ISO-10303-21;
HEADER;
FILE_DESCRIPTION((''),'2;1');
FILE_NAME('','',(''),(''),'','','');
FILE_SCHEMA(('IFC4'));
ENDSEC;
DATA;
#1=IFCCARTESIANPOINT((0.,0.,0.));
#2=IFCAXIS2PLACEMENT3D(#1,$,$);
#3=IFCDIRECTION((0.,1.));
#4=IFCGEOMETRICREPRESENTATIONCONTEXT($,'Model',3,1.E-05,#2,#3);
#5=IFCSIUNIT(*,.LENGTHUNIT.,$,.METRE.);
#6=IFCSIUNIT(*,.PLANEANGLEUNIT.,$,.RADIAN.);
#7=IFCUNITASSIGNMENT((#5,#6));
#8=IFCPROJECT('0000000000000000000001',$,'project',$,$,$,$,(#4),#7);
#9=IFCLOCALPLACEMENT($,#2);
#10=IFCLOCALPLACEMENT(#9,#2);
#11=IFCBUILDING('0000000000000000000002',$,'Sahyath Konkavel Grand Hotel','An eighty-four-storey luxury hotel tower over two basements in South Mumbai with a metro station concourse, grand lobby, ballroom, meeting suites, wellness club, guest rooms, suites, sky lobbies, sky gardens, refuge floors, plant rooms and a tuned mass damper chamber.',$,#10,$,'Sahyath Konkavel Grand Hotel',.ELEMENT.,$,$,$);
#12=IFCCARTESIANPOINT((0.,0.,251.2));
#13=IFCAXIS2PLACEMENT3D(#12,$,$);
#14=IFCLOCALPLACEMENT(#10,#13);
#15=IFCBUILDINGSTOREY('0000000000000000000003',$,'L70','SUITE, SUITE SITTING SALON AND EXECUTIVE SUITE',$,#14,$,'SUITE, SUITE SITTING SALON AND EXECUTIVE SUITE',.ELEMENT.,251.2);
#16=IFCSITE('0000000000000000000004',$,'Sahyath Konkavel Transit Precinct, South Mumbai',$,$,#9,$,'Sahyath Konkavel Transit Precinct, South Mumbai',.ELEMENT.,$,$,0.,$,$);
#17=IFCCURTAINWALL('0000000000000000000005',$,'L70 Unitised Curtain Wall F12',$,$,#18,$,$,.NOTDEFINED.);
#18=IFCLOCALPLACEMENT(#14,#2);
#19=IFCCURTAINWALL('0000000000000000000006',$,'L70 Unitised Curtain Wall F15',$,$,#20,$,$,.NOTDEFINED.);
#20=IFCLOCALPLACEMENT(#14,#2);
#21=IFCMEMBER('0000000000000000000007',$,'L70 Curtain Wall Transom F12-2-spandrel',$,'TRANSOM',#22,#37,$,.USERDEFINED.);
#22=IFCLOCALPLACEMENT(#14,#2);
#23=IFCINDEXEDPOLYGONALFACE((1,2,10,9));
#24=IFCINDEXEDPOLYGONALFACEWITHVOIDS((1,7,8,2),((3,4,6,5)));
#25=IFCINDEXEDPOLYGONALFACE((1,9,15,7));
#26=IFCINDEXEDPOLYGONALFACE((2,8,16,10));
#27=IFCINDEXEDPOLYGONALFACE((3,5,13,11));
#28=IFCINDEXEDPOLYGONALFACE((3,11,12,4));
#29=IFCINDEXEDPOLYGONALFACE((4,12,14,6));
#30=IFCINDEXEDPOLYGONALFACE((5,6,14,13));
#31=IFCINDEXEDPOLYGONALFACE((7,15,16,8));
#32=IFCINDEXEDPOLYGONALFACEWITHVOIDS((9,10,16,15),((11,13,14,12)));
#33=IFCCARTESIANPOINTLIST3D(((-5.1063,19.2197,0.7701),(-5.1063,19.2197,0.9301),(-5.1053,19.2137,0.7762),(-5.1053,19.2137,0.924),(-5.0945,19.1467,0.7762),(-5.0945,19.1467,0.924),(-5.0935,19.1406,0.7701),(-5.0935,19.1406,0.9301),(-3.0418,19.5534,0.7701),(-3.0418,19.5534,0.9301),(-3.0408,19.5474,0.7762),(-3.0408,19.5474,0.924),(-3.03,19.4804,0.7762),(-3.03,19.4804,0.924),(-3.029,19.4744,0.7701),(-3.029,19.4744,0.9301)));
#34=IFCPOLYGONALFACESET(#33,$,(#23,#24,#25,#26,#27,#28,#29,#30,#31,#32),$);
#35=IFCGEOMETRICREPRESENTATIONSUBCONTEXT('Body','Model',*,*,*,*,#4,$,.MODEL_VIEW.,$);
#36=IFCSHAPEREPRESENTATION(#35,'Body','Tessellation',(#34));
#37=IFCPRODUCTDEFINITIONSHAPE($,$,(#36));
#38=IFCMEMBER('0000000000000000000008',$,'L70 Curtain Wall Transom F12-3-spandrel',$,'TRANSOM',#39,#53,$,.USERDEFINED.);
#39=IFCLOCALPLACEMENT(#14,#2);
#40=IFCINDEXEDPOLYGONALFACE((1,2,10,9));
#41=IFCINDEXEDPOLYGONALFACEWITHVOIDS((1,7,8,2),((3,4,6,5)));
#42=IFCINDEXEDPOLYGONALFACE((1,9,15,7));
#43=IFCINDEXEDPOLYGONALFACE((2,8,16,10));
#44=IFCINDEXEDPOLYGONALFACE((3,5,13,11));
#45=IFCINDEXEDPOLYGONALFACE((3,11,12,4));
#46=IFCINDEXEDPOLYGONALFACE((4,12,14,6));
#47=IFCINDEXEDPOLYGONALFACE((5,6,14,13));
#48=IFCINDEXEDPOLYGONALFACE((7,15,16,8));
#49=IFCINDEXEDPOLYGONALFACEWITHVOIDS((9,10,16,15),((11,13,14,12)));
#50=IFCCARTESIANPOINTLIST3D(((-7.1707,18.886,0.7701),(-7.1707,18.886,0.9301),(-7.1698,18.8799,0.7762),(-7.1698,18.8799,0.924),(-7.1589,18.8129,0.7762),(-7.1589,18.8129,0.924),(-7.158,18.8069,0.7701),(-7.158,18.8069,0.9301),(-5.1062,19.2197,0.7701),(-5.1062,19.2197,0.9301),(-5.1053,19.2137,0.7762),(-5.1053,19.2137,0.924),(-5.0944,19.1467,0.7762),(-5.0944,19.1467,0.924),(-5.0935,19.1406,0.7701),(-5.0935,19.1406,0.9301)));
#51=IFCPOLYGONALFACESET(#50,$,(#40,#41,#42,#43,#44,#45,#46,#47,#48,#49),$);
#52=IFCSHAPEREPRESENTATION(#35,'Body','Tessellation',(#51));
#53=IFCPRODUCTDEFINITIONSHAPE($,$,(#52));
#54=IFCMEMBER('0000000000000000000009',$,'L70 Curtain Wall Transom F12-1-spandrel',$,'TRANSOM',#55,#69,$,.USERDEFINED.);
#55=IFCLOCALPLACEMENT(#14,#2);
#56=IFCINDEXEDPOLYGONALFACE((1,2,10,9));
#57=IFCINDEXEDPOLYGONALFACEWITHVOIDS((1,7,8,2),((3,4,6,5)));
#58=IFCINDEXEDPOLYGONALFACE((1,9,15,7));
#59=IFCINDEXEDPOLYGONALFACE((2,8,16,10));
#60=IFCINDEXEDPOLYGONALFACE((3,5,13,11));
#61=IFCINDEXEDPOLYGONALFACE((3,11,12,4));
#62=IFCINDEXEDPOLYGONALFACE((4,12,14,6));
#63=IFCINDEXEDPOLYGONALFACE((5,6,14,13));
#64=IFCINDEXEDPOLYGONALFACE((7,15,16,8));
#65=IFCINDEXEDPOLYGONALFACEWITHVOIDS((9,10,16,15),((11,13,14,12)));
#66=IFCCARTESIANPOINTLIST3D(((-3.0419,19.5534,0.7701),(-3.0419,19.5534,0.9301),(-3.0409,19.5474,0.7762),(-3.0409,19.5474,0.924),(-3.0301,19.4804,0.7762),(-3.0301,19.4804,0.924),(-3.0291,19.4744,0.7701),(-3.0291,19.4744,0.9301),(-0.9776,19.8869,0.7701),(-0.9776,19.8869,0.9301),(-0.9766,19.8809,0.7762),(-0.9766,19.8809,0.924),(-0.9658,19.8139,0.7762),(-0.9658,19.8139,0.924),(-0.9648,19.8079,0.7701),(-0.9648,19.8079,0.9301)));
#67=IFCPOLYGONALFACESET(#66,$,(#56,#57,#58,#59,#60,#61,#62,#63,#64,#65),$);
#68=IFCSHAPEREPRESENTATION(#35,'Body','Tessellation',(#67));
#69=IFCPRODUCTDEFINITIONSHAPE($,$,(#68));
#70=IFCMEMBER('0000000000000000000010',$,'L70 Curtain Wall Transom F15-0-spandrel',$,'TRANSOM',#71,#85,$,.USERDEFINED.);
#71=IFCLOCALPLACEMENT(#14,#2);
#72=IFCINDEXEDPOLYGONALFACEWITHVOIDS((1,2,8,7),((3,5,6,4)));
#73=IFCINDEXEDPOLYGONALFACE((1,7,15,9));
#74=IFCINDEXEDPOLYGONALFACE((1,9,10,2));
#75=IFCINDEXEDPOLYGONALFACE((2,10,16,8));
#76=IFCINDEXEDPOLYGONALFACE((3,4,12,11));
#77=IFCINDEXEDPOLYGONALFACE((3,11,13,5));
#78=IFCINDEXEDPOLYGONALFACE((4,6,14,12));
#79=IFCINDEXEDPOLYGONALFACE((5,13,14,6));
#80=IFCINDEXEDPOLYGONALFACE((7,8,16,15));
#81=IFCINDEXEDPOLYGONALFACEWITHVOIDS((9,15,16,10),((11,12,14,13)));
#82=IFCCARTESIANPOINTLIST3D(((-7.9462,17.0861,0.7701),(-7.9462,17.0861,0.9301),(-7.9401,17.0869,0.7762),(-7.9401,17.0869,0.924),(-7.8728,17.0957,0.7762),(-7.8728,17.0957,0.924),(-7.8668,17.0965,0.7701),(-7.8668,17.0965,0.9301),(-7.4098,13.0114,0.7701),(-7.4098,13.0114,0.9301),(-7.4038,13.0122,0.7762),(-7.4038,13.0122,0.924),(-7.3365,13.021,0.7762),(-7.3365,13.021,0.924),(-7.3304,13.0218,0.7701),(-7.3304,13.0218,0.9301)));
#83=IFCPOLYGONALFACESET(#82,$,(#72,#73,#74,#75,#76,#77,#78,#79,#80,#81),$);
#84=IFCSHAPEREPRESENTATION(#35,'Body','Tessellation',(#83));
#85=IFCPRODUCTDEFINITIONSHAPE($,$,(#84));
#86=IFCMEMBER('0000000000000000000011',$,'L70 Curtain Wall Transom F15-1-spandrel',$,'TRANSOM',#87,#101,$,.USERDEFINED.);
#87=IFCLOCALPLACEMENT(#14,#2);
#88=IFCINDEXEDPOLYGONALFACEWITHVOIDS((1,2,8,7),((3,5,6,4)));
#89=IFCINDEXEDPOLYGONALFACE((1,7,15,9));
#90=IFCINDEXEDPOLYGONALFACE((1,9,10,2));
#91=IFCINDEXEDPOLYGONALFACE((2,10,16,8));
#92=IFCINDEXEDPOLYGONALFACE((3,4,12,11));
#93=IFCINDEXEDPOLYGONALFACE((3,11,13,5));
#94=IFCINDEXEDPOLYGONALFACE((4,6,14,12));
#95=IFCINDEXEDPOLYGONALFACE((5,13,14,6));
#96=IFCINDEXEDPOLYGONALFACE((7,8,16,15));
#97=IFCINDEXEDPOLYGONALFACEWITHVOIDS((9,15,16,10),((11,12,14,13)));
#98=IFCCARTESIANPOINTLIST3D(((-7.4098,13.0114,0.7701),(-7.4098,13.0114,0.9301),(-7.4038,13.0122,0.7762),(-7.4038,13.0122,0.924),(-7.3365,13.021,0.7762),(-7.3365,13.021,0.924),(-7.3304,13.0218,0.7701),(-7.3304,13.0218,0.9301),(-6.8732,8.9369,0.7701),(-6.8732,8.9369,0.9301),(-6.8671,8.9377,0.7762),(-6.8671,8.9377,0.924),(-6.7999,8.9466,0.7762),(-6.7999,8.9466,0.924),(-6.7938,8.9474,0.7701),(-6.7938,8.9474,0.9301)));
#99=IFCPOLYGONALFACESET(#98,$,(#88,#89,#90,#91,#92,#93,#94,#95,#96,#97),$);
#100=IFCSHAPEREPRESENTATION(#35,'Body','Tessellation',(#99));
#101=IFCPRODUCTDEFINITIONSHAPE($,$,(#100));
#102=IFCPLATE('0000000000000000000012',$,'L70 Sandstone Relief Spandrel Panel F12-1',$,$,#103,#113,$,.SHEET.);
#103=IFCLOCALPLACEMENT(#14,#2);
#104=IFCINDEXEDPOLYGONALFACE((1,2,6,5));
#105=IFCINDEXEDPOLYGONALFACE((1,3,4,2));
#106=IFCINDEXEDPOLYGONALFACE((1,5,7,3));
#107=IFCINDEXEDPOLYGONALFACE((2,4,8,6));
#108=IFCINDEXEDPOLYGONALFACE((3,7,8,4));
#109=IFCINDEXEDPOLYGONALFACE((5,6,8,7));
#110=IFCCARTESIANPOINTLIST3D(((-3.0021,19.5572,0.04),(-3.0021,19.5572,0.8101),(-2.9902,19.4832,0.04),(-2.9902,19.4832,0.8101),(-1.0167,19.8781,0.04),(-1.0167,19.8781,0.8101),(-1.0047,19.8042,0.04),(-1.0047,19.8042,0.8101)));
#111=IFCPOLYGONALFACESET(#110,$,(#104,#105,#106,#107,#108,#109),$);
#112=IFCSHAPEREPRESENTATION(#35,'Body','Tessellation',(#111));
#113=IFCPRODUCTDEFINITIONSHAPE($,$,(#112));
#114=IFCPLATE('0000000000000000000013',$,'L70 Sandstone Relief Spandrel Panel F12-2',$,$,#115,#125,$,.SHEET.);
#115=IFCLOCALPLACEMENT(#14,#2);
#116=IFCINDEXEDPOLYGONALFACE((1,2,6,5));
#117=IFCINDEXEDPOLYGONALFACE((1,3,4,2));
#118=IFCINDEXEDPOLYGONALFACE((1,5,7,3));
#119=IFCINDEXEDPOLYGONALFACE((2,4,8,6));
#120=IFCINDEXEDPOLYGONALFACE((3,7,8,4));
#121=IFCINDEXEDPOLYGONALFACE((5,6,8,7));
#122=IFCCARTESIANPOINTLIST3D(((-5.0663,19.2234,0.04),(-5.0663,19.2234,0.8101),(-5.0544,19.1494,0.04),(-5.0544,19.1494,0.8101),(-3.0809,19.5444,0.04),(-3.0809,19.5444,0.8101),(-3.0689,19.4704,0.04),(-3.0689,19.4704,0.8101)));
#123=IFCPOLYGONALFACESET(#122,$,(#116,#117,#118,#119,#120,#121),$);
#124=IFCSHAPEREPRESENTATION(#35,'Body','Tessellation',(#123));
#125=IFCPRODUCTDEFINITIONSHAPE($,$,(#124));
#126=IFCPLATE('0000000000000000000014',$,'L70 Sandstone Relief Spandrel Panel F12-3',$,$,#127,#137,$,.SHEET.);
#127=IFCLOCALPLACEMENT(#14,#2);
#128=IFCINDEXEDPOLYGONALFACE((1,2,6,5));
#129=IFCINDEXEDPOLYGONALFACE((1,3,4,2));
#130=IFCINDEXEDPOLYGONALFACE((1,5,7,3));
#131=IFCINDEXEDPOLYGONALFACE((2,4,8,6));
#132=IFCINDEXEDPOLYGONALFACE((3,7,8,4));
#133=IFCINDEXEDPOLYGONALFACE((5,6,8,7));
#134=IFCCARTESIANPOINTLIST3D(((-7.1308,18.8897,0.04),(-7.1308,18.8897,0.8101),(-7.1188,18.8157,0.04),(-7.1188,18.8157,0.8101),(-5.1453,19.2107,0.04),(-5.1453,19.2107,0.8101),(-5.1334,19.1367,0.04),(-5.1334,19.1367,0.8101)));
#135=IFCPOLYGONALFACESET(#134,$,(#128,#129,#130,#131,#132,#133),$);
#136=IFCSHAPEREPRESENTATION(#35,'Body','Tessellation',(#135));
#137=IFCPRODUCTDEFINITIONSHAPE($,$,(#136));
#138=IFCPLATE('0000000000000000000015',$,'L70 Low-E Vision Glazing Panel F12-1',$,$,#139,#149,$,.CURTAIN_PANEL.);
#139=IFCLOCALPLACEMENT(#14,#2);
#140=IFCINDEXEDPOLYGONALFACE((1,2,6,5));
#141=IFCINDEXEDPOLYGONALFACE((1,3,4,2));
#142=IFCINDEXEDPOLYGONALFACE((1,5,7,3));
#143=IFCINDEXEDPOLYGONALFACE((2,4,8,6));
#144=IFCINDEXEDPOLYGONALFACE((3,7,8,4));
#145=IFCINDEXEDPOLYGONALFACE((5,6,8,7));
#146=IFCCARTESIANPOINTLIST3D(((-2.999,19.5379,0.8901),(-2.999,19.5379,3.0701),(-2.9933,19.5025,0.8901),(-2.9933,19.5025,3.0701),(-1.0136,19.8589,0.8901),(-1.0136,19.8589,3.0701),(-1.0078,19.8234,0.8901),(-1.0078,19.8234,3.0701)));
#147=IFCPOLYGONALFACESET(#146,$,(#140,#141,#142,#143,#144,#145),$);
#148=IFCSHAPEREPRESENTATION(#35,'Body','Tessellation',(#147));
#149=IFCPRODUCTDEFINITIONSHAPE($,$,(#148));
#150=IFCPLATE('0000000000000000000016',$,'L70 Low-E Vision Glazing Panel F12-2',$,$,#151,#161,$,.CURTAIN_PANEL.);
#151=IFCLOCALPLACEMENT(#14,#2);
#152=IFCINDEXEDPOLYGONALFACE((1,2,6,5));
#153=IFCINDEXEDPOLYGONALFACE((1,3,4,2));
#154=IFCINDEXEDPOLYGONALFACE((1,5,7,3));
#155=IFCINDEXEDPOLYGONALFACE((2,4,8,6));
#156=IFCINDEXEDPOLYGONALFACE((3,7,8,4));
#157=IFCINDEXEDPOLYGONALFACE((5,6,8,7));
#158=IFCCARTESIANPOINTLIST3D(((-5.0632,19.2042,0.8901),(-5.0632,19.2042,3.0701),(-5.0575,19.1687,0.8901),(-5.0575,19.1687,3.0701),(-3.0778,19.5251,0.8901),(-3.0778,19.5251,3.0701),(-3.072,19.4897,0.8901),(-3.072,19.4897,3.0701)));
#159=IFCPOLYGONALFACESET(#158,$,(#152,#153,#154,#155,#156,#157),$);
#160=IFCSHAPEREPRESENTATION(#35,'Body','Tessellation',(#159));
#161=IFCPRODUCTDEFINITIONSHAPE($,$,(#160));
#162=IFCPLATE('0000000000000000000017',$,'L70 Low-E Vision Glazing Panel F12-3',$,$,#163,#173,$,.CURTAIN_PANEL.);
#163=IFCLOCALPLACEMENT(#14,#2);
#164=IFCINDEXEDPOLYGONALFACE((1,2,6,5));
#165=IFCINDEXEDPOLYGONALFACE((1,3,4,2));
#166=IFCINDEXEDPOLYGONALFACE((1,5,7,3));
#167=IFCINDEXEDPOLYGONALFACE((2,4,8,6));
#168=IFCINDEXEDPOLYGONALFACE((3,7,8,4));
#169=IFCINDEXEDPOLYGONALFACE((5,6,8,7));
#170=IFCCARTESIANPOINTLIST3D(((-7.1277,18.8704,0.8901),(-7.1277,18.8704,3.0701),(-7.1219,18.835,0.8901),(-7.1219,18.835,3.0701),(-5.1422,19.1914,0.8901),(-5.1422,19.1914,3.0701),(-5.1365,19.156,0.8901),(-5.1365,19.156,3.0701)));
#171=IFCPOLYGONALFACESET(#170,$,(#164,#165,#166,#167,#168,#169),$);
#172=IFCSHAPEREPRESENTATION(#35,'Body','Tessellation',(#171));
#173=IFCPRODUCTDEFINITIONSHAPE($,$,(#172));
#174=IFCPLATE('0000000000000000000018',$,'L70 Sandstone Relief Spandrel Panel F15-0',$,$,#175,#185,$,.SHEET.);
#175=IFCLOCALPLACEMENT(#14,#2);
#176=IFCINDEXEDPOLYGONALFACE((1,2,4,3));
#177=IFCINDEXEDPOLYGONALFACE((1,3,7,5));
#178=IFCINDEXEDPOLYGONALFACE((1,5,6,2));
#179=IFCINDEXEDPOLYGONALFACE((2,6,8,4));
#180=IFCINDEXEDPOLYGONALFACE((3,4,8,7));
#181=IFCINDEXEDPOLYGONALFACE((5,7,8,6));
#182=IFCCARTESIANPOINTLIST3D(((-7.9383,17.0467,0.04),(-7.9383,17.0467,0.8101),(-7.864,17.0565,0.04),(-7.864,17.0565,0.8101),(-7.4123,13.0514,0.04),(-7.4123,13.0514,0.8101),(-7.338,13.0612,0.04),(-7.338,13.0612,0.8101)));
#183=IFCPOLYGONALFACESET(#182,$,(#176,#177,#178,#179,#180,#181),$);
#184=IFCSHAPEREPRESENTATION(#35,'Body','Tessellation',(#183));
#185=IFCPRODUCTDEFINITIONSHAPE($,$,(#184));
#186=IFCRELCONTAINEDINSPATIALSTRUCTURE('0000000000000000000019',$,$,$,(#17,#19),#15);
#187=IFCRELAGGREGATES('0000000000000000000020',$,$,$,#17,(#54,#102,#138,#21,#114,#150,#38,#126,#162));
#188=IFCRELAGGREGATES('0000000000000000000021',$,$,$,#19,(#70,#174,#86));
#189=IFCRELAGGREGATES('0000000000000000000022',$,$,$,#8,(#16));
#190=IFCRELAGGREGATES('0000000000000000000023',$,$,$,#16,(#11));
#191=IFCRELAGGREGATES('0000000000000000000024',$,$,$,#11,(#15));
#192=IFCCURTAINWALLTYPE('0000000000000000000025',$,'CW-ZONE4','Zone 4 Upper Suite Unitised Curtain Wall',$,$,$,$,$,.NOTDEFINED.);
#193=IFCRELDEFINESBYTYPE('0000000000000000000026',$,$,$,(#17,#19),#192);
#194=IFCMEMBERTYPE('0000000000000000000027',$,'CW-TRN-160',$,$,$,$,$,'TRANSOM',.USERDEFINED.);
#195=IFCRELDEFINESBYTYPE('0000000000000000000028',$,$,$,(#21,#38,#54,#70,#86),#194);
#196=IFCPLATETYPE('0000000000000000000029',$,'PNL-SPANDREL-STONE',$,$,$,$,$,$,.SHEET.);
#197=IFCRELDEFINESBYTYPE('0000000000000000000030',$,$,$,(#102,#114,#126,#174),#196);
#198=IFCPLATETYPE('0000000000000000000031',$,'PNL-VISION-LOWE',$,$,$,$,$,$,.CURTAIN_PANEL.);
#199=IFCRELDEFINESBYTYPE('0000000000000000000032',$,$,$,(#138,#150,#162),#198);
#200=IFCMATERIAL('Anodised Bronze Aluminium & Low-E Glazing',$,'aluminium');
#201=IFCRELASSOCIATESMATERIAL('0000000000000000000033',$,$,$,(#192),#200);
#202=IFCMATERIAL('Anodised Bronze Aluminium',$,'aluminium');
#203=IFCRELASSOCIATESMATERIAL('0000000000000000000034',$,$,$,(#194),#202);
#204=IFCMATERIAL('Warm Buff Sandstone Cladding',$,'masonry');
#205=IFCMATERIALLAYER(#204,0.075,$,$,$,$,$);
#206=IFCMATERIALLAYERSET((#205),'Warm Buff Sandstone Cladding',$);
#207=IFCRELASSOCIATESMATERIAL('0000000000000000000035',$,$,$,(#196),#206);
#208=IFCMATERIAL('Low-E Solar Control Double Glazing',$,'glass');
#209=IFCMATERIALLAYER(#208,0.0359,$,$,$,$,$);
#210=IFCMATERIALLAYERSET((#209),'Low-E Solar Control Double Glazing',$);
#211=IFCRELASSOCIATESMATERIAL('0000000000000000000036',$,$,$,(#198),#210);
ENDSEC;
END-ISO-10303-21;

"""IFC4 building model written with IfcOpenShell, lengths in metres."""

from ifc_helpers import new_model, si_unit, direction, frame, origin, origin_2d, place, context, subcontext, project, spatial, rectangle, hollow_rectangle, extrude, source, transform, mapped, material, layer, layer_set, material_profile, profile_set, type_object, element, aggregate, save


model = new_model("IFC4")

# Units and contexts
model_context = context("Model", 3, precision=1e-05, world=origin(), true_north=direction((0.0, 1.0)))
body_context = subcontext(model_context, "Body", "Model", "MODEL_VIEW")
ifc_project = project(units=[si_unit("LENGTHUNIT", "METRE"), si_unit("PLANEANGLEUNIT", "RADIAN")], contexts=[model_context])

# Site, building, storey
site_placement = place(None, origin())
site = spatial("IfcSite", under=ifc_project, at=site_placement, Name="Sahyath Konkavel Transit Precinct, South Mumbai", LongName="Sahyath Konkavel Transit Precinct, South Mumbai", CompositionType="ELEMENT", RefElevation=0.0)
building_placement = place(site_placement, origin())
building = spatial("IfcBuilding", under=site, at=building_placement, Name="Sahyath Konkavel Grand Hotel", Description="An eighty-four-storey luxury hotel tower over two basements in South Mumbai with a metro station concourse, grand lobby, ballroom, meeting suites, wellness club, guest rooms, suites, sky lobbies, sky gardens, refuge floors, plant rooms and a tuned mass damper chamber.", LongName="Sahyath Konkavel Grand Hotel", CompositionType="ELEMENT")
storey_placement = place(building_placement, frame((0.0, 0.0, 251.2)))
storey = spatial("IfcBuildingStorey", under=building, at=storey_placement, Name="L70", Description="SUITE, SUITE SITTING SALON AND EXECUTIVE SUITE", LongName="SUITE, SUITE SITTING SALON AND EXECUTIVE SUITE", CompositionType="ELEMENT", Elevation=251.2)

# Curtain walls
ifc_material_1 = material(Name="Anodised Bronze Aluminium & Low-E Glazing", Category="aluminium")
curtain_wall_type = type_object("IfcCurtainWallType", Name="CW-ZONE4", Description="Zone 4 Upper Suite Unitised Curtain Wall", PredefinedType="NOTDEFINED", material=ifc_material_1)
curtain_wall_1_placement = place(storey_placement, origin())
curtain_wall_1 = element("IfcCurtainWall", 1, at=curtain_wall_1_placement, inside=storey, type_object=curtain_wall_type, Name="L70 Unitised Curtain Wall F12", PredefinedType="NOTDEFINED")
ifc_material_2 = material(Name="Anodised Bronze Aluminium", Category="aluminium")
curtain_wall_2_placement = place(storey_placement, origin())
curtain_wall_2 = element("IfcCurtainWall", 2, at=curtain_wall_2_placement, inside=storey, type_object=curtain_wall_type, Name="L70 Unitised Curtain Wall F15", PredefinedType="NOTDEFINED")

# Members
ifc_material_profile_1 = material_profile(ifc_material_2, hollow_rectangle(XDim=0.0801, YDim=0.1599, WallThickness=0.0061, at=origin_2d()), Name="RHS 160x80x6")
ifc_profile_set_1 = profile_set([ifc_material_profile_1], Name="Anodised Bronze Aluminium")
member_type_1 = type_object("IfcMemberType", Name="CW-TRN-160", ElementType="TRANSOM", PredefinedType="USERDEFINED", material=ifc_profile_set_1)
shared_shape_1 = source(origin(), body_context, "Body", "SweptSolid", [
    extrude(hollow_rectangle(XDim=0.0801, YDim=0.1599, WallThickness=0.0061, at=origin_2d()), origin(), (0.0, 0.0, 1.0), 2.0913),
])
member_1_placement = place(storey_placement, frame((-3.0354, 19.5139, 0.8501), z_axis=(-0.987184, -0.159588, 0.0), x_axis=(0.159588, -0.987184, 0.0)))
member_1 = element("IfcMember", 3, at=member_1_placement, type_object=member_type_1, Name="L70 Curtain Wall Transom F12-2-spandrel", ObjectType="TRANSOM", PredefinedType="USERDEFINED", context=body_context, shape_type="MappedRepresentation", body=[
    mapped(shared_shape_1, transform((0.0, 0.0, 0.0), scale=1.0)),
])
member_2_placement = place(storey_placement, frame((-5.0999, 19.1802, 0.8501), z_axis=(-0.987184, -0.159588, 0.0), x_axis=(0.159588, -0.987184, 0.0)))
member_2 = element("IfcMember", 4, at=member_2_placement, type_object=member_type_1, Name="L70 Curtain Wall Transom F12-3-spandrel", ObjectType="TRANSOM", PredefinedType="USERDEFINED", context=body_context, shape_type="MappedRepresentation", body=[
    mapped(shared_shape_1, transform((0.0, 0.0, 0.0), scale=1.0)),
])
shared_shape_2 = source(origin(), body_context, "Body", "SweptSolid", [
    extrude(hollow_rectangle(XDim=0.0801, YDim=0.1599, WallThickness=0.0061, at=origin_2d()), origin(), (0.0, 0.0, 1.0), 2.0911),
])
member_3_placement = place(storey_placement, frame((-0.9712, 19.8474, 0.8501), z_axis=(-0.987199, -0.159493, 0.0), x_axis=(0.159493, -0.987199, 0.0)))
member_3 = element("IfcMember", 5, at=member_3_placement, type_object=member_type_1, Name="L70 Curtain Wall Transom F12-1-spandrel", ObjectType="TRANSOM", PredefinedType="USERDEFINED", context=body_context, shape_type="MappedRepresentation", body=[
    mapped(shared_shape_2, transform((0.0, 0.0, 0.0), scale=1.0)),
])
shared_shape_3 = source(origin(), body_context, "Body", "SweptSolid", [
    extrude(hollow_rectangle(XDim=0.0801, YDim=0.1599, WallThickness=0.0061, at=origin_2d()), origin(), (0.0, 0.0, 1.0), 4.1099),
])
member_4_placement = place(storey_placement, frame((-7.9065, 17.0913, 0.8501), z_axis=(0.13051, -0.991447, 0.0), x_axis=(0.991447, 0.13051, 0.0)))
member_4 = element("IfcMember", 6, at=member_4_placement, type_object=member_type_1, Name="L70 Curtain Wall Transom F15-0-spandrel", ObjectType="TRANSOM", PredefinedType="USERDEFINED", context=body_context, shape_type="MappedRepresentation", body=[
    mapped(shared_shape_3, transform((0.0, 0.0, 0.0), scale=1.0)),
])
shared_shape_4 = source(origin(), body_context, "Body", "SweptSolid", [
    extrude(hollow_rectangle(XDim=0.0801, YDim=0.1599, WallThickness=0.0061, at=origin_2d()), origin(), (0.0, 0.0, 1.0), 4.1096),
])
member_5_placement = place(storey_placement, frame((-7.3701, 13.0166, 0.8501), z_axis=(0.130576, -0.991438, 0.0), x_axis=(0.991438, 0.130576, 0.0)))
member_5 = element("IfcMember", 7, at=member_5_placement, type_object=member_type_1, Name="L70 Curtain Wall Transom F15-1-spandrel", ObjectType="TRANSOM", PredefinedType="USERDEFINED", context=body_context, shape_type="MappedRepresentation", body=[
    mapped(shared_shape_4, transform((0.0, 0.0, 0.0), scale=1.0)),
])

# Plates
ifc_material_3 = material(Name="Warm Buff Sandstone Cladding", Category="masonry")
ifc_layer_1 = layer(ifc_material_3, 0.075)
ifc_layer_set_1 = layer_set([ifc_layer_1], Name="Warm Buff Sandstone Cladding")
plate_type_1 = type_object("IfcPlateType", Name="PNL-SPANDREL-STONE", PredefinedType="SHEET", material=ifc_layer_set_1)
shared_shape_5 = source(origin(), body_context, "Body", "SweptSolid", [
    extrude(rectangle(XDim=2.0112, YDim=0.075, at=origin_2d()), origin(), (0.0, 0.0, 1.0), 0.77),
])
plate_1_placement = place(storey_placement, frame((-2.0034, 19.6807, 0.04), z_axis=(0.0, 0.0, 1.0), x_axis=(-0.987184, -0.159588, 0.0)))
plate_1 = element("IfcPlate", 8, at=plate_1_placement, type_object=plate_type_1, Name="L70 Sandstone Relief Spandrel Panel F12-1", PredefinedType="SHEET", context=body_context, shape_type="MappedRepresentation", body=[
    mapped(shared_shape_5, transform((0.0, 0.0, 0.0), scale=1.0)),
])
plate_2_placement = place(storey_placement, frame((-4.0676, 19.3469, 0.04), z_axis=(0.0, 0.0, 1.0), x_axis=(-0.987184, -0.159588, 0.0)))
plate_2 = element("IfcPlate", 9, at=plate_2_placement, type_object=plate_type_1, Name="L70 Sandstone Relief Spandrel Panel F12-2", PredefinedType="SHEET", context=body_context, shape_type="MappedRepresentation", body=[
    mapped(shared_shape_5, transform((0.0, 0.0, 0.0), scale=1.0)),
])
plate_3_placement = place(storey_placement, frame((-6.1321, 19.0132, 0.04), z_axis=(0.0, 0.0, 1.0), x_axis=(-0.987184, -0.159588, 0.0)))
plate_3 = element("IfcPlate", 10, at=plate_3_placement, type_object=plate_type_1, Name="L70 Sandstone Relief Spandrel Panel F12-3", PredefinedType="SHEET", context=body_context, shape_type="MappedRepresentation", body=[
    mapped(shared_shape_5, transform((0.0, 0.0, 0.0), scale=1.0)),
])
ifc_material_4 = material(Name="Low-E Solar Control Double Glazing", Category="glass")
ifc_layer_2 = layer(ifc_material_4, 0.0359)
ifc_layer_set_2 = layer_set([ifc_layer_2], Name="Low-E Solar Control Double Glazing")
plate_type_2 = type_object("IfcPlateType", Name="PNL-VISION-LOWE", PredefinedType="CURTAIN_PANEL", material=ifc_layer_set_2)
shared_shape_6 = source(origin(), body_context, "Body", "SweptSolid", [
    extrude(rectangle(XDim=2.0112, YDim=0.0359, at=origin_2d()), origin(), (0.0, 0.0, 1.0), 2.1799),
])
plate_4_placement = place(storey_placement, frame((-2.0034, 19.6807, 0.8901), z_axis=(0.0, 0.0, 1.0), x_axis=(-0.987184, -0.159588, 0.0)))
plate_4 = element("IfcPlate", 11, at=plate_4_placement, type_object=plate_type_2, Name="L70 Low-E Vision Glazing Panel F12-1", PredefinedType="CURTAIN_PANEL", context=body_context, shape_type="MappedRepresentation", body=[
    mapped(shared_shape_6, transform((0.0, 0.0, 0.0), scale=1.0)),
])
plate_5_placement = place(storey_placement, frame((-4.0676, 19.3469, 0.8901), z_axis=(0.0, 0.0, 1.0), x_axis=(-0.987184, -0.159588, 0.0)))
plate_5 = element("IfcPlate", 12, at=plate_5_placement, type_object=plate_type_2, Name="L70 Low-E Vision Glazing Panel F12-2", PredefinedType="CURTAIN_PANEL", context=body_context, shape_type="MappedRepresentation", body=[
    mapped(shared_shape_6, transform((0.0, 0.0, 0.0), scale=1.0)),
])
plate_6_placement = place(storey_placement, frame((-6.1321, 19.0132, 0.8901), z_axis=(0.0, 0.0, 1.0), x_axis=(-0.987184, -0.159588, 0.0)))
plate_6 = element("IfcPlate", 13, at=plate_6_placement, type_object=plate_type_2, Name="L70 Low-E Vision Glazing Panel F12-3", PredefinedType="CURTAIN_PANEL", context=body_context, shape_type="MappedRepresentation", body=[
    mapped(shared_shape_6, transform((0.0, 0.0, 0.0), scale=1.0)),
])
aggregate(curtain_wall_1, [member_3, plate_1, plate_4, member_1, plate_2, plate_5, member_2, plate_3, plate_6])
shared_shape_7 = source(origin(), body_context, "Body", "SweptSolid", [
    extrude(rectangle(XDim=4.0298, YDim=0.075, at=origin_2d()), origin(), (0.0, 0.0, 1.0), 0.77),
])
plate_7_placement = place(storey_placement, frame((-7.6382, 15.054, 0.04), z_axis=(0.0, 0.0, 1.0), x_axis=(0.130526, -0.991445, 0.0)))
plate_7 = element("IfcPlate", 14, at=plate_7_placement, type_object=plate_type_1, Name="L70 Sandstone Relief Spandrel Panel F15-0", PredefinedType="SHEET", context=body_context, shape_type="MappedRepresentation", body=[
    mapped(shared_shape_7, transform((0.0, 0.0, 0.0), scale=1.0)),
])
aggregate(curtain_wall_2, [member_4, plate_7, member_5])

save(model, "model.ifc")
